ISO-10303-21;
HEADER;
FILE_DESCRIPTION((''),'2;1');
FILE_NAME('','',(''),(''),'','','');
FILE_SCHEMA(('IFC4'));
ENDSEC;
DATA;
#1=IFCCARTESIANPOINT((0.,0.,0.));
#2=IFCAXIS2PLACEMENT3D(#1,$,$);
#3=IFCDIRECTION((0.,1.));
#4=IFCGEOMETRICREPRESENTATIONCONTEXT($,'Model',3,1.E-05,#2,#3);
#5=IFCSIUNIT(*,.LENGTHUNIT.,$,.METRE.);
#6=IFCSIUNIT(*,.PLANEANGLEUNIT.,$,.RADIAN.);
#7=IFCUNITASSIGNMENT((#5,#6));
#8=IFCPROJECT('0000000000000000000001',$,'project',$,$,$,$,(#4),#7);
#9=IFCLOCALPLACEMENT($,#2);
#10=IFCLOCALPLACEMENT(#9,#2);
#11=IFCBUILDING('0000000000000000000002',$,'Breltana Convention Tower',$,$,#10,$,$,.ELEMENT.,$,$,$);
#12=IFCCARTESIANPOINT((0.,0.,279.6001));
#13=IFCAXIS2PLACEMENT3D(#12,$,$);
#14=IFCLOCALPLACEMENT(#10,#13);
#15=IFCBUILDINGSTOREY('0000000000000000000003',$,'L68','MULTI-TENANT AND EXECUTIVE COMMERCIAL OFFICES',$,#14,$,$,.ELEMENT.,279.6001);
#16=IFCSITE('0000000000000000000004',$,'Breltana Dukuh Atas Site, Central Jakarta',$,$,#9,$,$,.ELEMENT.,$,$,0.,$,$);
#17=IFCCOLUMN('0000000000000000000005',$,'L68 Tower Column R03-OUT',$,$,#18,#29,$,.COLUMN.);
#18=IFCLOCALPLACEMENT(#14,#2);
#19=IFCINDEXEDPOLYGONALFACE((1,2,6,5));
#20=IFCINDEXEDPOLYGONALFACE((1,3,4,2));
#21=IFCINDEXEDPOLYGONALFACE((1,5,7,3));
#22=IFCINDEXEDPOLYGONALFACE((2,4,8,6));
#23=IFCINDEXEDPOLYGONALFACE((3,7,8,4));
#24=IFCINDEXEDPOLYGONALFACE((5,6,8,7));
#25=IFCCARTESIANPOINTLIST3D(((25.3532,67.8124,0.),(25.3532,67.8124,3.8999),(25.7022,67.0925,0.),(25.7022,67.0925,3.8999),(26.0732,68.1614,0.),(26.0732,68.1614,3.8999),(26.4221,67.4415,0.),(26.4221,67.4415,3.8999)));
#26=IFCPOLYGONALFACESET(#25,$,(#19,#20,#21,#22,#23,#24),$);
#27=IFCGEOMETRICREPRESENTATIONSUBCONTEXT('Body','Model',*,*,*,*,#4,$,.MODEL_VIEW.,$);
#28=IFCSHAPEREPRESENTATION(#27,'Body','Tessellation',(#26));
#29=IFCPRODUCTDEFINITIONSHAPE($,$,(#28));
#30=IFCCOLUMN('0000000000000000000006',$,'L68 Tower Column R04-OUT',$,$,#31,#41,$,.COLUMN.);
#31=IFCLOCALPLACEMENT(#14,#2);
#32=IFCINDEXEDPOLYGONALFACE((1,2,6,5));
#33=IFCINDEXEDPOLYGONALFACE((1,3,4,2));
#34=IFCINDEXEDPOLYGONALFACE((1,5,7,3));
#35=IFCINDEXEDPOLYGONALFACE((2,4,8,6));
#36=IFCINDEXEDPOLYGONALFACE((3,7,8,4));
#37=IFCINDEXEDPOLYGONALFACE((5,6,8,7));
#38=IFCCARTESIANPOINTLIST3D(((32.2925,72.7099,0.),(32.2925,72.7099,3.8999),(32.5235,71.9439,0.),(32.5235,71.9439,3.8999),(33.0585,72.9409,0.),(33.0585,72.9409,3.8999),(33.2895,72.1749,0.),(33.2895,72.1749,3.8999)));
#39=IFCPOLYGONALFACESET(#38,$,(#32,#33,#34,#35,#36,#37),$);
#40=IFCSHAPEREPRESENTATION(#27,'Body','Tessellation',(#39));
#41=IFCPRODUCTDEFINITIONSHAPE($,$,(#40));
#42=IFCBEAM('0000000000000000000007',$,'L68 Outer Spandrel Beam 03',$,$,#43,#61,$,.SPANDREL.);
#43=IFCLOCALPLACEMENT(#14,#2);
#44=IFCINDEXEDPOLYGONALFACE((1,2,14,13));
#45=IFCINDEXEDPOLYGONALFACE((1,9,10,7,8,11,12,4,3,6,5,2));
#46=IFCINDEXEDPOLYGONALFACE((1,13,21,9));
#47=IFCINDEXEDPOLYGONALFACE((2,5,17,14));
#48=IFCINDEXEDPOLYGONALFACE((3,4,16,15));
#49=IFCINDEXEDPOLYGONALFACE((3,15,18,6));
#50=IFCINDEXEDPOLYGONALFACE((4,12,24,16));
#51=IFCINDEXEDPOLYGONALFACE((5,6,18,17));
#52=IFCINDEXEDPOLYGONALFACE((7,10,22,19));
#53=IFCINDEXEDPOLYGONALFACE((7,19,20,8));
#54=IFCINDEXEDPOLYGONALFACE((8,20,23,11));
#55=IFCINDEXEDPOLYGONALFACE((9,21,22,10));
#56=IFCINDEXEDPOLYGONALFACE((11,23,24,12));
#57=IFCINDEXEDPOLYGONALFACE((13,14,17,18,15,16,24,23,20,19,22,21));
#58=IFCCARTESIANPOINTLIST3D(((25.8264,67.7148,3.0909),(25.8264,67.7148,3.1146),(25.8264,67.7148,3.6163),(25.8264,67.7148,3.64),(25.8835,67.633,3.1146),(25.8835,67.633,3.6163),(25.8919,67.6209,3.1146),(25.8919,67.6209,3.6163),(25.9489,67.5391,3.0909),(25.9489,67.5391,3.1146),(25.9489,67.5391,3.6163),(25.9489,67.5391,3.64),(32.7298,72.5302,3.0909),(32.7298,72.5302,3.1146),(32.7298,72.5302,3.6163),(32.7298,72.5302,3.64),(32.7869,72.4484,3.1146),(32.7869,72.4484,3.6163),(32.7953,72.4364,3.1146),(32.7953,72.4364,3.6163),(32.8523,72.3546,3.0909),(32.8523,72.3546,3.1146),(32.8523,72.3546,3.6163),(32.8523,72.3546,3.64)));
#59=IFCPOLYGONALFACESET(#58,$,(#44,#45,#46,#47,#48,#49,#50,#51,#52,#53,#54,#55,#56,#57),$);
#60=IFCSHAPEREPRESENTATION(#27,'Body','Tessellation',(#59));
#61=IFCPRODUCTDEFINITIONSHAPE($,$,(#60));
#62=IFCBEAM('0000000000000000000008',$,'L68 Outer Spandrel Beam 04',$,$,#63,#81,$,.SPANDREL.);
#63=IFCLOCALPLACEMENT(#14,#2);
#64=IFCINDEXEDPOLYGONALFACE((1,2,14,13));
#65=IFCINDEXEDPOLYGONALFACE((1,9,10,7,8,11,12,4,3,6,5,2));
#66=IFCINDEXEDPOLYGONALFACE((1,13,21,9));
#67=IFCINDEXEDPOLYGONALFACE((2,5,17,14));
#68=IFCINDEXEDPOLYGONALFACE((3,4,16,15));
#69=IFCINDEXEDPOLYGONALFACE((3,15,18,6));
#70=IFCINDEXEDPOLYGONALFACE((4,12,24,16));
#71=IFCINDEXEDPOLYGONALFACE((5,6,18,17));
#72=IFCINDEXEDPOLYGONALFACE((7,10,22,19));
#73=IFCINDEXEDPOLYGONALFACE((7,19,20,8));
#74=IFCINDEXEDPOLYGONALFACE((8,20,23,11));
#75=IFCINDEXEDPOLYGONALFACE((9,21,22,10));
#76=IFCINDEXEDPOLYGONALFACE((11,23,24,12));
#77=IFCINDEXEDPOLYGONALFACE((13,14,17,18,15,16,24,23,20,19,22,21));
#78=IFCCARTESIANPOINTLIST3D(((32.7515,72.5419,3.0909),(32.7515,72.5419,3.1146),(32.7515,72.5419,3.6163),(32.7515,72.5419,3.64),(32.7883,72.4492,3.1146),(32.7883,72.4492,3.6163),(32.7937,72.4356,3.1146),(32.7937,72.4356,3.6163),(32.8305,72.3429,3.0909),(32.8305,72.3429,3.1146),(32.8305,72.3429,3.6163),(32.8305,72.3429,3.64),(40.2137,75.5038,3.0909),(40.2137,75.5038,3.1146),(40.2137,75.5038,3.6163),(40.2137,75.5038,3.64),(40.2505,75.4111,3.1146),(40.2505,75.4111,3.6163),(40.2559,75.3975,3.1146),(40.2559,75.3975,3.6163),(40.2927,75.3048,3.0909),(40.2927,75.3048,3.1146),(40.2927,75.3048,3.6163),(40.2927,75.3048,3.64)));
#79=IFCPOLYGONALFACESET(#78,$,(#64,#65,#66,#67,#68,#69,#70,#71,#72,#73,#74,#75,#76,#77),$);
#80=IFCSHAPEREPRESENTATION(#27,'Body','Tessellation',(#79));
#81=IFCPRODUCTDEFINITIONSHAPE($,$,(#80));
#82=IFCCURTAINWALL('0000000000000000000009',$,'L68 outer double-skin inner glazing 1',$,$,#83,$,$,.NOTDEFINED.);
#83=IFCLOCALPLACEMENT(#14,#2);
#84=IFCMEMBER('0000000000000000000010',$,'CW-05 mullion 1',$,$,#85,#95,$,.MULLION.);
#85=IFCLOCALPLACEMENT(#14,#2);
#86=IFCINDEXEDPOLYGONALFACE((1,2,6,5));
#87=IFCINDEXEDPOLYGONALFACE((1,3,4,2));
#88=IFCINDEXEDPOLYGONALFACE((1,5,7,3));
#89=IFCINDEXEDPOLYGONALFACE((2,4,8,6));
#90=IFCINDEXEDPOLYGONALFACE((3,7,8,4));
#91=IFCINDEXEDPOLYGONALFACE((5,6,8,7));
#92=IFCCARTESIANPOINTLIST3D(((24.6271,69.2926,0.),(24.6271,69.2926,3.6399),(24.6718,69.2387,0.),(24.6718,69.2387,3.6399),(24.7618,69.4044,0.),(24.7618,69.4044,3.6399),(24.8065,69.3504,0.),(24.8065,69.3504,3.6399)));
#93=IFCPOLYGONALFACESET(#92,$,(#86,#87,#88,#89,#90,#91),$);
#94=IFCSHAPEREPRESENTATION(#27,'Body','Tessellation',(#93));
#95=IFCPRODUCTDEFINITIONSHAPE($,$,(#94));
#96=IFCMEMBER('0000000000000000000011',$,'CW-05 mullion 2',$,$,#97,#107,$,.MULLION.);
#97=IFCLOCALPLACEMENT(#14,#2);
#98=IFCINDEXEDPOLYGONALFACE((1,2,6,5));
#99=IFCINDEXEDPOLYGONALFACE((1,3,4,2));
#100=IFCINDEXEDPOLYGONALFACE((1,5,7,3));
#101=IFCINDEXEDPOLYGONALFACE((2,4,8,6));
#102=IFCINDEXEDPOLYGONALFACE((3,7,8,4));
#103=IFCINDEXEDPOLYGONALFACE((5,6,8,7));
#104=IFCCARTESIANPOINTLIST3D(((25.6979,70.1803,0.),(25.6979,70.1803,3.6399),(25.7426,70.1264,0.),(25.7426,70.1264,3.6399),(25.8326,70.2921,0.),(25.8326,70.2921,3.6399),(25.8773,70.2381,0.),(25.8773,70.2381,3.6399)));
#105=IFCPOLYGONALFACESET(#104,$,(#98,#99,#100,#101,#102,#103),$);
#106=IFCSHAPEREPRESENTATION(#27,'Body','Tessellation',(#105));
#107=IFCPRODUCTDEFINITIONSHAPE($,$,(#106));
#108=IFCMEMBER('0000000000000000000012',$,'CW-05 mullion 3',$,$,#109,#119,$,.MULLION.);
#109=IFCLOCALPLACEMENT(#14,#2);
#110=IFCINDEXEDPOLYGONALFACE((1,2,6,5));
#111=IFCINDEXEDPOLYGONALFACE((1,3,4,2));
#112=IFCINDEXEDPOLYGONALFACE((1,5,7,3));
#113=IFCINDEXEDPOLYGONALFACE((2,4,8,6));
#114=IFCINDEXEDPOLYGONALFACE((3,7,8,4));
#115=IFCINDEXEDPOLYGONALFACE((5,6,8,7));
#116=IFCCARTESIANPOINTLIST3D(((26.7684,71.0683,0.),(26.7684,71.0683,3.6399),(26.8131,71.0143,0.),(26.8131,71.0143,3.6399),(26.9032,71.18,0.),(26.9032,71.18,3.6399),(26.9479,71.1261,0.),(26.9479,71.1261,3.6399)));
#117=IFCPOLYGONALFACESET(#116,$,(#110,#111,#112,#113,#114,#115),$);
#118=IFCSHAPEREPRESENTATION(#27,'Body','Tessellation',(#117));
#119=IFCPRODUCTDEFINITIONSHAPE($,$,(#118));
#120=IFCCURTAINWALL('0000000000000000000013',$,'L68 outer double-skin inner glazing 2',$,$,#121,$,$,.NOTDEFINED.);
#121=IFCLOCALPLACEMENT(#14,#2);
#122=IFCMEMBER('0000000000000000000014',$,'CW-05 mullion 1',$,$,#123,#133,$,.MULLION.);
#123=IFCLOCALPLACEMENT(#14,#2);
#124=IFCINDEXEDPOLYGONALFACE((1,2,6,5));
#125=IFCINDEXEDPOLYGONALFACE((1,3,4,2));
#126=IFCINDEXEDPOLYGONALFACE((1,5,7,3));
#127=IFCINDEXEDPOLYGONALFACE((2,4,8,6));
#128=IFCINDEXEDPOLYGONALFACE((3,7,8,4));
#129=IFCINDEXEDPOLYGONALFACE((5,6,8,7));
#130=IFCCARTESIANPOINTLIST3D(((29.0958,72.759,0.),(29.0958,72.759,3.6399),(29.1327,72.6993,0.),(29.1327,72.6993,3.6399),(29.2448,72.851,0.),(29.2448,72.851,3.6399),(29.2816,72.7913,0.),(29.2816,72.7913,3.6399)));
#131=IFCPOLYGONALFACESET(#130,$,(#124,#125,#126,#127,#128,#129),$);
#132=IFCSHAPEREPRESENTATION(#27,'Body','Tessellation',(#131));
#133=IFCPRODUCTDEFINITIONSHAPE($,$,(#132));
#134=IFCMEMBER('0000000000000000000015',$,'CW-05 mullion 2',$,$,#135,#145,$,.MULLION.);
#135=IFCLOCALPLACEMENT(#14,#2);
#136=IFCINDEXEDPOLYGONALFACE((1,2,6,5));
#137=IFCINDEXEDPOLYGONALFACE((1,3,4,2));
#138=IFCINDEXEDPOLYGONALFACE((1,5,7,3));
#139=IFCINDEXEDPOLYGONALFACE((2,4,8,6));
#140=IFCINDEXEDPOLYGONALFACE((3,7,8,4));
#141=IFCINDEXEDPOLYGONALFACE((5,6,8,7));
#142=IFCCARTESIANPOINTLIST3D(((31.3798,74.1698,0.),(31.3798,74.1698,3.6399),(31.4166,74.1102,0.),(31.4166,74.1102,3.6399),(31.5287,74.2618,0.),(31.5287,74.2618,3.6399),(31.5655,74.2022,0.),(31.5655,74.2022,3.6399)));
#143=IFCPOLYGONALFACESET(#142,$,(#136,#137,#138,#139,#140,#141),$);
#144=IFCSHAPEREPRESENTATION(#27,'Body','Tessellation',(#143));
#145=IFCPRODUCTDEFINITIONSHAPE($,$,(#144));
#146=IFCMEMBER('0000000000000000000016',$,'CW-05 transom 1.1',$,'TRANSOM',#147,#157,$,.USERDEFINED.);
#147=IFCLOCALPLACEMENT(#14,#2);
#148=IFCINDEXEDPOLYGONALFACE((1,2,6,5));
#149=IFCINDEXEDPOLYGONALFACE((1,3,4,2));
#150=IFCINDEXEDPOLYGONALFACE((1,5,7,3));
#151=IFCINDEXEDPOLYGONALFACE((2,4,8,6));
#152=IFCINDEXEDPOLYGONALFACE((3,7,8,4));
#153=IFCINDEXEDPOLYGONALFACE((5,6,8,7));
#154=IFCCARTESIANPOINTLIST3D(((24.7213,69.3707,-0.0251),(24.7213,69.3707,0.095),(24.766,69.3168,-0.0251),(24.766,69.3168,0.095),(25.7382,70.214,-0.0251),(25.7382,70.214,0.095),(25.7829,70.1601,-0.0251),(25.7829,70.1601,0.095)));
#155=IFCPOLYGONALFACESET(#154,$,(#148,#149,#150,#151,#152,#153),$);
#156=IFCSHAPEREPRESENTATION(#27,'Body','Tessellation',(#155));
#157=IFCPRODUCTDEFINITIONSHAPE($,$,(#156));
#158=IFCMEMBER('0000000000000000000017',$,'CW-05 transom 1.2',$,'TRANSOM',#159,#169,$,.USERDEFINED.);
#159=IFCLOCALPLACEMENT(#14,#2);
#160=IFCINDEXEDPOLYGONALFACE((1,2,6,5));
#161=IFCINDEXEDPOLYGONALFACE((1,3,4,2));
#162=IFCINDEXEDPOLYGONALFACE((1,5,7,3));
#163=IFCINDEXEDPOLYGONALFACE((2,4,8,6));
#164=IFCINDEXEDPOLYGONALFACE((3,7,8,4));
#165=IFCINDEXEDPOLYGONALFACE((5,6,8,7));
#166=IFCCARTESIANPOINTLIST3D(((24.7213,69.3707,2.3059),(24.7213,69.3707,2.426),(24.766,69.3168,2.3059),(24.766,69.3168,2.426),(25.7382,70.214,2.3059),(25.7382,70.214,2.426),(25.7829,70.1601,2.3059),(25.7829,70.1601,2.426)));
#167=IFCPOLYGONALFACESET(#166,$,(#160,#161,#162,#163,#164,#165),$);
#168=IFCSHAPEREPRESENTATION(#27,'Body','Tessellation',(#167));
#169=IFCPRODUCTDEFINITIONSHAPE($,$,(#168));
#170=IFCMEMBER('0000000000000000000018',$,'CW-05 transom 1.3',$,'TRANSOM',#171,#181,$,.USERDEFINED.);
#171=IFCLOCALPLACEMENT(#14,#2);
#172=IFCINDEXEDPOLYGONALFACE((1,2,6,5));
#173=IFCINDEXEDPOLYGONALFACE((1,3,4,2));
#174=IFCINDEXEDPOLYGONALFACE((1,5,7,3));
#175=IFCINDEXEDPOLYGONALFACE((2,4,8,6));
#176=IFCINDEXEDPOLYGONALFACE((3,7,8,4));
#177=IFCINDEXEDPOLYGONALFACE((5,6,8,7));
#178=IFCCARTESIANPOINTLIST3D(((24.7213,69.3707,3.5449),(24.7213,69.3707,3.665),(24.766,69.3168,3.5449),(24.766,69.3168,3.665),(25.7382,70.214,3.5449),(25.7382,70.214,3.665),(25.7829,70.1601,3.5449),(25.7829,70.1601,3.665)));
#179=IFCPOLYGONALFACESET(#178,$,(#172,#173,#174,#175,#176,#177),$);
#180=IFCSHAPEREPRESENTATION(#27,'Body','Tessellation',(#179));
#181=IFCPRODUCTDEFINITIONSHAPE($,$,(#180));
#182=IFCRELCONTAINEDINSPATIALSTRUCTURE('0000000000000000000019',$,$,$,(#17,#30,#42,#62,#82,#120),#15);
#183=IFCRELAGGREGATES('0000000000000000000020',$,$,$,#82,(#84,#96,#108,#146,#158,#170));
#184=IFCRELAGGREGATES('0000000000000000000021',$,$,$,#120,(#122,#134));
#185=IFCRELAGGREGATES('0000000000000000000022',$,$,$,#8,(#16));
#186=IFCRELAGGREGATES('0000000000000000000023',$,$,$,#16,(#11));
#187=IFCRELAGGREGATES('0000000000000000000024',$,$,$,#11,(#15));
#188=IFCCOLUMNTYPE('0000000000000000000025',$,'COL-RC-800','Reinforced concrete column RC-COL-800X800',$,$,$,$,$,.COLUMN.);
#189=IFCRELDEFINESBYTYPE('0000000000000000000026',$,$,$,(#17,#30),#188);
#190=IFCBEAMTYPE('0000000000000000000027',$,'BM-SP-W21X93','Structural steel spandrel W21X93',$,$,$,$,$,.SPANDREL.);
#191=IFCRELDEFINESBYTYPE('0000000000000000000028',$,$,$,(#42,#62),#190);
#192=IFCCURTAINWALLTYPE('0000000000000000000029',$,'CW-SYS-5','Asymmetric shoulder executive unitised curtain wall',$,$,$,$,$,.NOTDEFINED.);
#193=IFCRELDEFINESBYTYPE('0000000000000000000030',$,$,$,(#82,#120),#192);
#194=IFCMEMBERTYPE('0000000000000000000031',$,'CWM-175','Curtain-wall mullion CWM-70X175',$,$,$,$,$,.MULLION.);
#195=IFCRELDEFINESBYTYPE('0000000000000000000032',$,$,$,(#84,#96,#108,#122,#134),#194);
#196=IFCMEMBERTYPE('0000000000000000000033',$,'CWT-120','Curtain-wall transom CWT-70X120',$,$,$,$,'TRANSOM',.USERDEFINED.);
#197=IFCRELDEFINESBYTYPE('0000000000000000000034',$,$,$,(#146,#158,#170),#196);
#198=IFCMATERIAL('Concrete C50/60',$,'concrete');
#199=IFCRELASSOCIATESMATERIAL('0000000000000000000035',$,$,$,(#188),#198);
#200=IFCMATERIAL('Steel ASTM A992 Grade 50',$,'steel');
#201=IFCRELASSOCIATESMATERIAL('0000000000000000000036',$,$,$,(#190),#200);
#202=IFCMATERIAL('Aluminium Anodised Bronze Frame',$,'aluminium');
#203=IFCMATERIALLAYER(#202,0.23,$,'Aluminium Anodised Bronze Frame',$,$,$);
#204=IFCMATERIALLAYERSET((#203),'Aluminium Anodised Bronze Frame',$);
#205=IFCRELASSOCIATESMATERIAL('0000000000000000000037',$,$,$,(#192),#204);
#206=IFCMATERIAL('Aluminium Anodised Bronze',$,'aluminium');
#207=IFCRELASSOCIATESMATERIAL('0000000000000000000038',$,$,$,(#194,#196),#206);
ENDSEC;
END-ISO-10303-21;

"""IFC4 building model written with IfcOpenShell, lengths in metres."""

from ifc_helpers import new_model, si_unit, direction, frame, origin, origin_2d, place, context, subcontext, project, spatial, rectangle, i_section, extrude, source, transform, mapped, material, layer, layer_set, material_profile, profile_set, type_object, element, aggregate, save


model = new_model("IFC4")

# Units and contexts
model_context = context("Model", 3, precision=1e-05, world=origin(), true_north=direction((0.0, 1.0)))
body_context = subcontext(model_context, "Body", "Model", "MODEL_VIEW")
ifc_project = project(units=[si_unit("LENGTHUNIT", "METRE"), si_unit("PLANEANGLEUNIT", "RADIAN")], contexts=[model_context])

# Site, building, storey
site_placement = place(None, origin())
site = spatial("IfcSite", under=ifc_project, at=site_placement, Name="Breltana Dukuh Atas Site, Central Jakarta", CompositionType="ELEMENT", RefElevation=0.0)
building_placement = place(site_placement, origin())
building = spatial("IfcBuilding", under=site, at=building_placement, Name="Breltana Convention Tower", CompositionType="ELEMENT")
storey_placement = place(building_placement, frame((0.0, 0.0, 279.6001)))
storey = spatial("IfcBuildingStorey", under=building, at=storey_placement, Name="L68", Description="MULTI-TENANT AND EXECUTIVE COMMERCIAL OFFICES", CompositionType="ELEMENT", Elevation=279.6001)

# Columns
ifc_material_1 = material(Name="Concrete C50/60", Category="concrete")
ifc_material_profile_1 = material_profile(ifc_material_1, rectangle(XDim=0.8, YDim=0.8, at=origin_2d()), Name="RC-COL-800X800")
ifc_profile_set_1 = profile_set([ifc_material_profile_1], Name="Concrete C50/60")
column_type = type_object("IfcColumnType", Name="COL-RC-800", Description="Reinforced concrete column RC-COL-800X800", PredefinedType="COLUMN", material=ifc_profile_set_1)
shared_shape_1 = source(origin(), body_context, "Body", "SweptSolid", [
    extrude(rectangle(XDim=0.8, YDim=0.8, at=origin_2d()), origin(), (0.0, 0.0, 1.0), 3.8999),
])
for number, where, z_axis, x_axis, name in (
    (1, (25.8877, 67.627, 0.0), (0.0, 0.0, 1.0), (-0.436174, 0.899863, 0.0), "L68 Tower Column R03-OUT"),
    (2, (32.791, 72.4424, 0.0), (0.0, 0.0, 1.0), (-0.288698, 0.95742, 0.0), "L68 Tower Column R04-OUT"),
):
    element("IfcColumn", number, at=place(storey_placement, frame(where, z_axis=z_axis, x_axis=x_axis)), inside=storey, type_object=column_type, Name=name, PredefinedType="COLUMN", context=body_context, shape_type="MappedRepresentation", body=[
        mapped(shared_shape_1, transform((0.0, 0.0, 0.0), scale=1.0)),
    ])

# Beams
ifc_material_2 = material(Name="Steel ASTM A992 Grade 50", Category="steel")
ifc_material_profile_2 = material_profile(ifc_material_2, i_section(OverallWidth=0.2141, OverallDepth=0.5491, WebThickness=0.0146, FlangeThickness=0.0237, at=origin_2d()), Name="W21X93")
ifc_profile_set_2 = profile_set([ifc_material_profile_2], Name="Steel ASTM A992 Grade 50")
beam_type = type_object("IfcBeamType", Name="BM-SP-W21X93", Description="Structural steel spandrel W21X93", PredefinedType="SPANDREL", material=ifc_profile_set_2)
shared_shape_2 = source(origin(), body_context, "Body", "SweptSolid", [
    extrude(i_section(OverallWidth=0.2141, OverallDepth=0.5491, WebThickness=0.0146, FlangeThickness=0.0237, at=origin_2d()), origin(), (0.0, 0.0, 1.0), 8.417),
])
beam_1_placement = place(storey_placement, frame((25.8877, 67.627, 3.3655), z_axis=(0.820174, 0.572114, 0.0), x_axis=(-0.572114, 0.820174, 0.0)))
element("IfcBeam", 3, at=beam_1_placement, inside=storey, type_object=beam_type, Name="L68 Outer Spandrel Beam 03", PredefinedType="SPANDREL", context=body_context, shape_type="MappedRepresentation", body=[
    mapped(shared_shape_2, transform((0.0, 0.0, 0.0), scale=1.0)),
])
shared_shape_3 = source(origin(), body_context, "Body", "SweptSolid", [
    extrude(i_section(OverallWidth=0.2141, OverallDepth=0.5491, WebThickness=0.0146, FlangeThickness=0.0237, at=origin_2d()), origin(), (0.0, 0.0, 1.0), 8.0286),
])
beam_2_placement = place(storey_placement, frame((32.791, 72.4424, 3.3655), z_axis=(0.929459, 0.368925, 0.0), x_axis=(-0.368925, 0.929459, 0.0)))
element("IfcBeam", 4, at=beam_2_placement, inside=storey, type_object=beam_type, Name="L68 Outer Spandrel Beam 04", PredefinedType="SPANDREL", context=body_context, shape_type="MappedRepresentation", body=[
    mapped(shared_shape_3, transform((0.0, 0.0, 0.0), scale=1.0)),
])

# Curtain walls, members
ifc_material_3 = material(Name="Aluminium Anodised Bronze Frame", Category="aluminium")
ifc_layer_1 = layer(ifc_material_3, 0.23, Name="Aluminium Anodised Bronze Frame")
ifc_layer_set_1 = layer_set([ifc_layer_1], Name="Aluminium Anodised Bronze Frame")
curtain_wall_type = type_object("IfcCurtainWallType", Name="CW-SYS-5", Description="Asymmetric shoulder executive unitised curtain wall", PredefinedType="NOTDEFINED", material=ifc_layer_set_1)
curtain_wall_1_placement = place(storey_placement, origin())
curtain_wall_1 = element("IfcCurtainWall", 5, at=curtain_wall_1_placement, inside=storey, type_object=curtain_wall_type, Name="L68 outer double-skin inner glazing 1", PredefinedType="NOTDEFINED")
ifc_material_4 = material(Name="Aluminium Anodised Bronze", Category="aluminium")
ifc_material_profile_3 = material_profile(ifc_material_4, rectangle(XDim=0.0701, YDim=0.175, at=origin_2d()), Name="CWM-70X175")
ifc_profile_set_3 = profile_set([ifc_material_profile_3], Name="Aluminium Anodised Bronze")
member_type_1 = type_object("IfcMemberType", Name="CWM-175", Description="Curtain-wall mullion CWM-70X175", PredefinedType="MULLION", material=ifc_profile_set_3)
shared_shape_4 = source(origin(), body_context, "Body", "SweptSolid", [
    extrude(rectangle(XDim=0.0701, YDim=0.175, at=origin_2d()), origin(), (0.0, 0.0, 1.0), 3.6399),
])
member_1_placement = place(storey_placement, frame((24.7168, 69.3215, 0.0), z_axis=(0.0, 0.0, 1.0), x_axis=(-0.63832, 0.769771, 0.0)))
member_1 = element("IfcMember", 6, at=member_1_placement, type_object=member_type_1, Name="CW-05 mullion 1", PredefinedType="MULLION", context=body_context, shape_type="MappedRepresentation", body=[
    mapped(shared_shape_4, transform((0.0, 0.0, 0.0), scale=1.0)),
])
member_2_placement = place(storey_placement, frame((25.7876, 70.2092, 0.0), z_axis=(0.0, 0.0, 1.0), x_axis=(-0.63832, 0.769771, 0.0)))
member_2 = element("IfcMember", 7, at=member_2_placement, type_object=member_type_1, Name="CW-05 mullion 2", PredefinedType="MULLION", context=body_context, shape_type="MappedRepresentation", body=[
    mapped(shared_shape_4, transform((0.0, 0.0, 0.0), scale=1.0)),
])
member_3_placement = place(storey_placement, frame((26.8582, 71.0972, 0.0), z_axis=(0.0, 0.0, 1.0), x_axis=(-0.63832, 0.769771, 0.0)))
member_3 = element("IfcMember", 8, at=member_3_placement, type_object=member_type_1, Name="CW-05 mullion 3", PredefinedType="MULLION", context=body_context, shape_type="MappedRepresentation", body=[
    mapped(shared_shape_4, transform((0.0, 0.0, 0.0), scale=1.0)),
])
curtain_wall_2_placement = place(storey_placement, origin())
curtain_wall_2 = element("IfcCurtainWall", 9, at=curtain_wall_2_placement, inside=storey, type_object=curtain_wall_type, Name="L68 outer double-skin inner glazing 2", PredefinedType="NOTDEFINED")
member_4_placement = place(storey_placement, frame((29.1887, 72.7751, 0.0), z_axis=(0.0, 0.0, 1.0), x_axis=(-0.525541, 0.850768, 0.0)))
member_4 = element("IfcMember", 10, at=member_4_placement, type_object=member_type_1, Name="CW-05 mullion 1", PredefinedType="MULLION", context=body_context, shape_type="MappedRepresentation", body=[
    mapped(shared_shape_4, transform((0.0, 0.0, 0.0), scale=1.0)),
])
member_5_placement = place(storey_placement, frame((31.4727, 74.186, 0.0), z_axis=(0.0, 0.0, 1.0), x_axis=(-0.525541, 0.850768, 0.0)))
member_5 = element("IfcMember", 11, at=member_5_placement, type_object=member_type_1, Name="CW-05 mullion 2", PredefinedType="MULLION", context=body_context, shape_type="MappedRepresentation", body=[
    mapped(shared_shape_4, transform((0.0, 0.0, 0.0), scale=1.0)),
])

# Members
ifc_material_profile_4 = material_profile(ifc_material_4, rectangle(XDim=0.0701, YDim=0.1201, at=origin_2d()), Name="CWT-70X120")
ifc_profile_set_4 = profile_set([ifc_material_profile_4], Name="Aluminium Anodised Bronze")
member_type_2 = type_object("IfcMemberType", Name="CWT-120", Description="Curtain-wall transom CWT-70X120", ElementType="TRANSOM", PredefinedType="USERDEFINED", material=ifc_profile_set_4)
shared_shape_5 = source(origin(), body_context, "Body", "SweptSolid", [
    extrude(rectangle(XDim=0.0701, YDim=0.1201, at=origin_2d()), origin(), (0.0, 0.0, 1.0), 1.321),
])
member_6_placement = place(storey_placement, frame((24.7437, 69.3438, 0.0349), z_axis=(0.769749, 0.638347, 0.0), x_axis=(-0.638347, 0.769749, 0.0)))
member_6 = element("IfcMember", 12, at=member_6_placement, type_object=member_type_2, Name="CW-05 transom 1.1", ObjectType="TRANSOM", PredefinedType="USERDEFINED", context=body_context, shape_type="MappedRepresentation", body=[
    mapped(shared_shape_5, transform((0.0, 0.0, 0.0), scale=1.0)),
])
member_7_placement = place(storey_placement, frame((24.7437, 69.3438, 2.366), z_axis=(0.769749, 0.638347, 0.0), x_axis=(-0.638347, 0.769749, 0.0)))
member_7 = element("IfcMember", 13, at=member_7_placement, type_object=member_type_2, Name="CW-05 transom 1.2", ObjectType="TRANSOM", PredefinedType="USERDEFINED", context=body_context, shape_type="MappedRepresentation", body=[
    mapped(shared_shape_5, transform((0.0, 0.0, 0.0), scale=1.0)),
])
member_8_placement = place(storey_placement, frame((24.7437, 69.3438, 3.605), z_axis=(0.769749, 0.638347, 0.0), x_axis=(-0.638347, 0.769749, 0.0)))
member_8 = element("IfcMember", 14, at=member_8_placement, type_object=member_type_2, Name="CW-05 transom 1.3", ObjectType="TRANSOM", PredefinedType="USERDEFINED", context=body_context, shape_type="MappedRepresentation", body=[
    mapped(shared_shape_5, transform((0.0, 0.0, 0.0), scale=1.0)),
])

aggregate(curtain_wall_1, [member_1, member_2, member_3, member_6, member_7, member_8])
aggregate(curtain_wall_2, [member_4, member_5])

save(model, "model.ifc")
